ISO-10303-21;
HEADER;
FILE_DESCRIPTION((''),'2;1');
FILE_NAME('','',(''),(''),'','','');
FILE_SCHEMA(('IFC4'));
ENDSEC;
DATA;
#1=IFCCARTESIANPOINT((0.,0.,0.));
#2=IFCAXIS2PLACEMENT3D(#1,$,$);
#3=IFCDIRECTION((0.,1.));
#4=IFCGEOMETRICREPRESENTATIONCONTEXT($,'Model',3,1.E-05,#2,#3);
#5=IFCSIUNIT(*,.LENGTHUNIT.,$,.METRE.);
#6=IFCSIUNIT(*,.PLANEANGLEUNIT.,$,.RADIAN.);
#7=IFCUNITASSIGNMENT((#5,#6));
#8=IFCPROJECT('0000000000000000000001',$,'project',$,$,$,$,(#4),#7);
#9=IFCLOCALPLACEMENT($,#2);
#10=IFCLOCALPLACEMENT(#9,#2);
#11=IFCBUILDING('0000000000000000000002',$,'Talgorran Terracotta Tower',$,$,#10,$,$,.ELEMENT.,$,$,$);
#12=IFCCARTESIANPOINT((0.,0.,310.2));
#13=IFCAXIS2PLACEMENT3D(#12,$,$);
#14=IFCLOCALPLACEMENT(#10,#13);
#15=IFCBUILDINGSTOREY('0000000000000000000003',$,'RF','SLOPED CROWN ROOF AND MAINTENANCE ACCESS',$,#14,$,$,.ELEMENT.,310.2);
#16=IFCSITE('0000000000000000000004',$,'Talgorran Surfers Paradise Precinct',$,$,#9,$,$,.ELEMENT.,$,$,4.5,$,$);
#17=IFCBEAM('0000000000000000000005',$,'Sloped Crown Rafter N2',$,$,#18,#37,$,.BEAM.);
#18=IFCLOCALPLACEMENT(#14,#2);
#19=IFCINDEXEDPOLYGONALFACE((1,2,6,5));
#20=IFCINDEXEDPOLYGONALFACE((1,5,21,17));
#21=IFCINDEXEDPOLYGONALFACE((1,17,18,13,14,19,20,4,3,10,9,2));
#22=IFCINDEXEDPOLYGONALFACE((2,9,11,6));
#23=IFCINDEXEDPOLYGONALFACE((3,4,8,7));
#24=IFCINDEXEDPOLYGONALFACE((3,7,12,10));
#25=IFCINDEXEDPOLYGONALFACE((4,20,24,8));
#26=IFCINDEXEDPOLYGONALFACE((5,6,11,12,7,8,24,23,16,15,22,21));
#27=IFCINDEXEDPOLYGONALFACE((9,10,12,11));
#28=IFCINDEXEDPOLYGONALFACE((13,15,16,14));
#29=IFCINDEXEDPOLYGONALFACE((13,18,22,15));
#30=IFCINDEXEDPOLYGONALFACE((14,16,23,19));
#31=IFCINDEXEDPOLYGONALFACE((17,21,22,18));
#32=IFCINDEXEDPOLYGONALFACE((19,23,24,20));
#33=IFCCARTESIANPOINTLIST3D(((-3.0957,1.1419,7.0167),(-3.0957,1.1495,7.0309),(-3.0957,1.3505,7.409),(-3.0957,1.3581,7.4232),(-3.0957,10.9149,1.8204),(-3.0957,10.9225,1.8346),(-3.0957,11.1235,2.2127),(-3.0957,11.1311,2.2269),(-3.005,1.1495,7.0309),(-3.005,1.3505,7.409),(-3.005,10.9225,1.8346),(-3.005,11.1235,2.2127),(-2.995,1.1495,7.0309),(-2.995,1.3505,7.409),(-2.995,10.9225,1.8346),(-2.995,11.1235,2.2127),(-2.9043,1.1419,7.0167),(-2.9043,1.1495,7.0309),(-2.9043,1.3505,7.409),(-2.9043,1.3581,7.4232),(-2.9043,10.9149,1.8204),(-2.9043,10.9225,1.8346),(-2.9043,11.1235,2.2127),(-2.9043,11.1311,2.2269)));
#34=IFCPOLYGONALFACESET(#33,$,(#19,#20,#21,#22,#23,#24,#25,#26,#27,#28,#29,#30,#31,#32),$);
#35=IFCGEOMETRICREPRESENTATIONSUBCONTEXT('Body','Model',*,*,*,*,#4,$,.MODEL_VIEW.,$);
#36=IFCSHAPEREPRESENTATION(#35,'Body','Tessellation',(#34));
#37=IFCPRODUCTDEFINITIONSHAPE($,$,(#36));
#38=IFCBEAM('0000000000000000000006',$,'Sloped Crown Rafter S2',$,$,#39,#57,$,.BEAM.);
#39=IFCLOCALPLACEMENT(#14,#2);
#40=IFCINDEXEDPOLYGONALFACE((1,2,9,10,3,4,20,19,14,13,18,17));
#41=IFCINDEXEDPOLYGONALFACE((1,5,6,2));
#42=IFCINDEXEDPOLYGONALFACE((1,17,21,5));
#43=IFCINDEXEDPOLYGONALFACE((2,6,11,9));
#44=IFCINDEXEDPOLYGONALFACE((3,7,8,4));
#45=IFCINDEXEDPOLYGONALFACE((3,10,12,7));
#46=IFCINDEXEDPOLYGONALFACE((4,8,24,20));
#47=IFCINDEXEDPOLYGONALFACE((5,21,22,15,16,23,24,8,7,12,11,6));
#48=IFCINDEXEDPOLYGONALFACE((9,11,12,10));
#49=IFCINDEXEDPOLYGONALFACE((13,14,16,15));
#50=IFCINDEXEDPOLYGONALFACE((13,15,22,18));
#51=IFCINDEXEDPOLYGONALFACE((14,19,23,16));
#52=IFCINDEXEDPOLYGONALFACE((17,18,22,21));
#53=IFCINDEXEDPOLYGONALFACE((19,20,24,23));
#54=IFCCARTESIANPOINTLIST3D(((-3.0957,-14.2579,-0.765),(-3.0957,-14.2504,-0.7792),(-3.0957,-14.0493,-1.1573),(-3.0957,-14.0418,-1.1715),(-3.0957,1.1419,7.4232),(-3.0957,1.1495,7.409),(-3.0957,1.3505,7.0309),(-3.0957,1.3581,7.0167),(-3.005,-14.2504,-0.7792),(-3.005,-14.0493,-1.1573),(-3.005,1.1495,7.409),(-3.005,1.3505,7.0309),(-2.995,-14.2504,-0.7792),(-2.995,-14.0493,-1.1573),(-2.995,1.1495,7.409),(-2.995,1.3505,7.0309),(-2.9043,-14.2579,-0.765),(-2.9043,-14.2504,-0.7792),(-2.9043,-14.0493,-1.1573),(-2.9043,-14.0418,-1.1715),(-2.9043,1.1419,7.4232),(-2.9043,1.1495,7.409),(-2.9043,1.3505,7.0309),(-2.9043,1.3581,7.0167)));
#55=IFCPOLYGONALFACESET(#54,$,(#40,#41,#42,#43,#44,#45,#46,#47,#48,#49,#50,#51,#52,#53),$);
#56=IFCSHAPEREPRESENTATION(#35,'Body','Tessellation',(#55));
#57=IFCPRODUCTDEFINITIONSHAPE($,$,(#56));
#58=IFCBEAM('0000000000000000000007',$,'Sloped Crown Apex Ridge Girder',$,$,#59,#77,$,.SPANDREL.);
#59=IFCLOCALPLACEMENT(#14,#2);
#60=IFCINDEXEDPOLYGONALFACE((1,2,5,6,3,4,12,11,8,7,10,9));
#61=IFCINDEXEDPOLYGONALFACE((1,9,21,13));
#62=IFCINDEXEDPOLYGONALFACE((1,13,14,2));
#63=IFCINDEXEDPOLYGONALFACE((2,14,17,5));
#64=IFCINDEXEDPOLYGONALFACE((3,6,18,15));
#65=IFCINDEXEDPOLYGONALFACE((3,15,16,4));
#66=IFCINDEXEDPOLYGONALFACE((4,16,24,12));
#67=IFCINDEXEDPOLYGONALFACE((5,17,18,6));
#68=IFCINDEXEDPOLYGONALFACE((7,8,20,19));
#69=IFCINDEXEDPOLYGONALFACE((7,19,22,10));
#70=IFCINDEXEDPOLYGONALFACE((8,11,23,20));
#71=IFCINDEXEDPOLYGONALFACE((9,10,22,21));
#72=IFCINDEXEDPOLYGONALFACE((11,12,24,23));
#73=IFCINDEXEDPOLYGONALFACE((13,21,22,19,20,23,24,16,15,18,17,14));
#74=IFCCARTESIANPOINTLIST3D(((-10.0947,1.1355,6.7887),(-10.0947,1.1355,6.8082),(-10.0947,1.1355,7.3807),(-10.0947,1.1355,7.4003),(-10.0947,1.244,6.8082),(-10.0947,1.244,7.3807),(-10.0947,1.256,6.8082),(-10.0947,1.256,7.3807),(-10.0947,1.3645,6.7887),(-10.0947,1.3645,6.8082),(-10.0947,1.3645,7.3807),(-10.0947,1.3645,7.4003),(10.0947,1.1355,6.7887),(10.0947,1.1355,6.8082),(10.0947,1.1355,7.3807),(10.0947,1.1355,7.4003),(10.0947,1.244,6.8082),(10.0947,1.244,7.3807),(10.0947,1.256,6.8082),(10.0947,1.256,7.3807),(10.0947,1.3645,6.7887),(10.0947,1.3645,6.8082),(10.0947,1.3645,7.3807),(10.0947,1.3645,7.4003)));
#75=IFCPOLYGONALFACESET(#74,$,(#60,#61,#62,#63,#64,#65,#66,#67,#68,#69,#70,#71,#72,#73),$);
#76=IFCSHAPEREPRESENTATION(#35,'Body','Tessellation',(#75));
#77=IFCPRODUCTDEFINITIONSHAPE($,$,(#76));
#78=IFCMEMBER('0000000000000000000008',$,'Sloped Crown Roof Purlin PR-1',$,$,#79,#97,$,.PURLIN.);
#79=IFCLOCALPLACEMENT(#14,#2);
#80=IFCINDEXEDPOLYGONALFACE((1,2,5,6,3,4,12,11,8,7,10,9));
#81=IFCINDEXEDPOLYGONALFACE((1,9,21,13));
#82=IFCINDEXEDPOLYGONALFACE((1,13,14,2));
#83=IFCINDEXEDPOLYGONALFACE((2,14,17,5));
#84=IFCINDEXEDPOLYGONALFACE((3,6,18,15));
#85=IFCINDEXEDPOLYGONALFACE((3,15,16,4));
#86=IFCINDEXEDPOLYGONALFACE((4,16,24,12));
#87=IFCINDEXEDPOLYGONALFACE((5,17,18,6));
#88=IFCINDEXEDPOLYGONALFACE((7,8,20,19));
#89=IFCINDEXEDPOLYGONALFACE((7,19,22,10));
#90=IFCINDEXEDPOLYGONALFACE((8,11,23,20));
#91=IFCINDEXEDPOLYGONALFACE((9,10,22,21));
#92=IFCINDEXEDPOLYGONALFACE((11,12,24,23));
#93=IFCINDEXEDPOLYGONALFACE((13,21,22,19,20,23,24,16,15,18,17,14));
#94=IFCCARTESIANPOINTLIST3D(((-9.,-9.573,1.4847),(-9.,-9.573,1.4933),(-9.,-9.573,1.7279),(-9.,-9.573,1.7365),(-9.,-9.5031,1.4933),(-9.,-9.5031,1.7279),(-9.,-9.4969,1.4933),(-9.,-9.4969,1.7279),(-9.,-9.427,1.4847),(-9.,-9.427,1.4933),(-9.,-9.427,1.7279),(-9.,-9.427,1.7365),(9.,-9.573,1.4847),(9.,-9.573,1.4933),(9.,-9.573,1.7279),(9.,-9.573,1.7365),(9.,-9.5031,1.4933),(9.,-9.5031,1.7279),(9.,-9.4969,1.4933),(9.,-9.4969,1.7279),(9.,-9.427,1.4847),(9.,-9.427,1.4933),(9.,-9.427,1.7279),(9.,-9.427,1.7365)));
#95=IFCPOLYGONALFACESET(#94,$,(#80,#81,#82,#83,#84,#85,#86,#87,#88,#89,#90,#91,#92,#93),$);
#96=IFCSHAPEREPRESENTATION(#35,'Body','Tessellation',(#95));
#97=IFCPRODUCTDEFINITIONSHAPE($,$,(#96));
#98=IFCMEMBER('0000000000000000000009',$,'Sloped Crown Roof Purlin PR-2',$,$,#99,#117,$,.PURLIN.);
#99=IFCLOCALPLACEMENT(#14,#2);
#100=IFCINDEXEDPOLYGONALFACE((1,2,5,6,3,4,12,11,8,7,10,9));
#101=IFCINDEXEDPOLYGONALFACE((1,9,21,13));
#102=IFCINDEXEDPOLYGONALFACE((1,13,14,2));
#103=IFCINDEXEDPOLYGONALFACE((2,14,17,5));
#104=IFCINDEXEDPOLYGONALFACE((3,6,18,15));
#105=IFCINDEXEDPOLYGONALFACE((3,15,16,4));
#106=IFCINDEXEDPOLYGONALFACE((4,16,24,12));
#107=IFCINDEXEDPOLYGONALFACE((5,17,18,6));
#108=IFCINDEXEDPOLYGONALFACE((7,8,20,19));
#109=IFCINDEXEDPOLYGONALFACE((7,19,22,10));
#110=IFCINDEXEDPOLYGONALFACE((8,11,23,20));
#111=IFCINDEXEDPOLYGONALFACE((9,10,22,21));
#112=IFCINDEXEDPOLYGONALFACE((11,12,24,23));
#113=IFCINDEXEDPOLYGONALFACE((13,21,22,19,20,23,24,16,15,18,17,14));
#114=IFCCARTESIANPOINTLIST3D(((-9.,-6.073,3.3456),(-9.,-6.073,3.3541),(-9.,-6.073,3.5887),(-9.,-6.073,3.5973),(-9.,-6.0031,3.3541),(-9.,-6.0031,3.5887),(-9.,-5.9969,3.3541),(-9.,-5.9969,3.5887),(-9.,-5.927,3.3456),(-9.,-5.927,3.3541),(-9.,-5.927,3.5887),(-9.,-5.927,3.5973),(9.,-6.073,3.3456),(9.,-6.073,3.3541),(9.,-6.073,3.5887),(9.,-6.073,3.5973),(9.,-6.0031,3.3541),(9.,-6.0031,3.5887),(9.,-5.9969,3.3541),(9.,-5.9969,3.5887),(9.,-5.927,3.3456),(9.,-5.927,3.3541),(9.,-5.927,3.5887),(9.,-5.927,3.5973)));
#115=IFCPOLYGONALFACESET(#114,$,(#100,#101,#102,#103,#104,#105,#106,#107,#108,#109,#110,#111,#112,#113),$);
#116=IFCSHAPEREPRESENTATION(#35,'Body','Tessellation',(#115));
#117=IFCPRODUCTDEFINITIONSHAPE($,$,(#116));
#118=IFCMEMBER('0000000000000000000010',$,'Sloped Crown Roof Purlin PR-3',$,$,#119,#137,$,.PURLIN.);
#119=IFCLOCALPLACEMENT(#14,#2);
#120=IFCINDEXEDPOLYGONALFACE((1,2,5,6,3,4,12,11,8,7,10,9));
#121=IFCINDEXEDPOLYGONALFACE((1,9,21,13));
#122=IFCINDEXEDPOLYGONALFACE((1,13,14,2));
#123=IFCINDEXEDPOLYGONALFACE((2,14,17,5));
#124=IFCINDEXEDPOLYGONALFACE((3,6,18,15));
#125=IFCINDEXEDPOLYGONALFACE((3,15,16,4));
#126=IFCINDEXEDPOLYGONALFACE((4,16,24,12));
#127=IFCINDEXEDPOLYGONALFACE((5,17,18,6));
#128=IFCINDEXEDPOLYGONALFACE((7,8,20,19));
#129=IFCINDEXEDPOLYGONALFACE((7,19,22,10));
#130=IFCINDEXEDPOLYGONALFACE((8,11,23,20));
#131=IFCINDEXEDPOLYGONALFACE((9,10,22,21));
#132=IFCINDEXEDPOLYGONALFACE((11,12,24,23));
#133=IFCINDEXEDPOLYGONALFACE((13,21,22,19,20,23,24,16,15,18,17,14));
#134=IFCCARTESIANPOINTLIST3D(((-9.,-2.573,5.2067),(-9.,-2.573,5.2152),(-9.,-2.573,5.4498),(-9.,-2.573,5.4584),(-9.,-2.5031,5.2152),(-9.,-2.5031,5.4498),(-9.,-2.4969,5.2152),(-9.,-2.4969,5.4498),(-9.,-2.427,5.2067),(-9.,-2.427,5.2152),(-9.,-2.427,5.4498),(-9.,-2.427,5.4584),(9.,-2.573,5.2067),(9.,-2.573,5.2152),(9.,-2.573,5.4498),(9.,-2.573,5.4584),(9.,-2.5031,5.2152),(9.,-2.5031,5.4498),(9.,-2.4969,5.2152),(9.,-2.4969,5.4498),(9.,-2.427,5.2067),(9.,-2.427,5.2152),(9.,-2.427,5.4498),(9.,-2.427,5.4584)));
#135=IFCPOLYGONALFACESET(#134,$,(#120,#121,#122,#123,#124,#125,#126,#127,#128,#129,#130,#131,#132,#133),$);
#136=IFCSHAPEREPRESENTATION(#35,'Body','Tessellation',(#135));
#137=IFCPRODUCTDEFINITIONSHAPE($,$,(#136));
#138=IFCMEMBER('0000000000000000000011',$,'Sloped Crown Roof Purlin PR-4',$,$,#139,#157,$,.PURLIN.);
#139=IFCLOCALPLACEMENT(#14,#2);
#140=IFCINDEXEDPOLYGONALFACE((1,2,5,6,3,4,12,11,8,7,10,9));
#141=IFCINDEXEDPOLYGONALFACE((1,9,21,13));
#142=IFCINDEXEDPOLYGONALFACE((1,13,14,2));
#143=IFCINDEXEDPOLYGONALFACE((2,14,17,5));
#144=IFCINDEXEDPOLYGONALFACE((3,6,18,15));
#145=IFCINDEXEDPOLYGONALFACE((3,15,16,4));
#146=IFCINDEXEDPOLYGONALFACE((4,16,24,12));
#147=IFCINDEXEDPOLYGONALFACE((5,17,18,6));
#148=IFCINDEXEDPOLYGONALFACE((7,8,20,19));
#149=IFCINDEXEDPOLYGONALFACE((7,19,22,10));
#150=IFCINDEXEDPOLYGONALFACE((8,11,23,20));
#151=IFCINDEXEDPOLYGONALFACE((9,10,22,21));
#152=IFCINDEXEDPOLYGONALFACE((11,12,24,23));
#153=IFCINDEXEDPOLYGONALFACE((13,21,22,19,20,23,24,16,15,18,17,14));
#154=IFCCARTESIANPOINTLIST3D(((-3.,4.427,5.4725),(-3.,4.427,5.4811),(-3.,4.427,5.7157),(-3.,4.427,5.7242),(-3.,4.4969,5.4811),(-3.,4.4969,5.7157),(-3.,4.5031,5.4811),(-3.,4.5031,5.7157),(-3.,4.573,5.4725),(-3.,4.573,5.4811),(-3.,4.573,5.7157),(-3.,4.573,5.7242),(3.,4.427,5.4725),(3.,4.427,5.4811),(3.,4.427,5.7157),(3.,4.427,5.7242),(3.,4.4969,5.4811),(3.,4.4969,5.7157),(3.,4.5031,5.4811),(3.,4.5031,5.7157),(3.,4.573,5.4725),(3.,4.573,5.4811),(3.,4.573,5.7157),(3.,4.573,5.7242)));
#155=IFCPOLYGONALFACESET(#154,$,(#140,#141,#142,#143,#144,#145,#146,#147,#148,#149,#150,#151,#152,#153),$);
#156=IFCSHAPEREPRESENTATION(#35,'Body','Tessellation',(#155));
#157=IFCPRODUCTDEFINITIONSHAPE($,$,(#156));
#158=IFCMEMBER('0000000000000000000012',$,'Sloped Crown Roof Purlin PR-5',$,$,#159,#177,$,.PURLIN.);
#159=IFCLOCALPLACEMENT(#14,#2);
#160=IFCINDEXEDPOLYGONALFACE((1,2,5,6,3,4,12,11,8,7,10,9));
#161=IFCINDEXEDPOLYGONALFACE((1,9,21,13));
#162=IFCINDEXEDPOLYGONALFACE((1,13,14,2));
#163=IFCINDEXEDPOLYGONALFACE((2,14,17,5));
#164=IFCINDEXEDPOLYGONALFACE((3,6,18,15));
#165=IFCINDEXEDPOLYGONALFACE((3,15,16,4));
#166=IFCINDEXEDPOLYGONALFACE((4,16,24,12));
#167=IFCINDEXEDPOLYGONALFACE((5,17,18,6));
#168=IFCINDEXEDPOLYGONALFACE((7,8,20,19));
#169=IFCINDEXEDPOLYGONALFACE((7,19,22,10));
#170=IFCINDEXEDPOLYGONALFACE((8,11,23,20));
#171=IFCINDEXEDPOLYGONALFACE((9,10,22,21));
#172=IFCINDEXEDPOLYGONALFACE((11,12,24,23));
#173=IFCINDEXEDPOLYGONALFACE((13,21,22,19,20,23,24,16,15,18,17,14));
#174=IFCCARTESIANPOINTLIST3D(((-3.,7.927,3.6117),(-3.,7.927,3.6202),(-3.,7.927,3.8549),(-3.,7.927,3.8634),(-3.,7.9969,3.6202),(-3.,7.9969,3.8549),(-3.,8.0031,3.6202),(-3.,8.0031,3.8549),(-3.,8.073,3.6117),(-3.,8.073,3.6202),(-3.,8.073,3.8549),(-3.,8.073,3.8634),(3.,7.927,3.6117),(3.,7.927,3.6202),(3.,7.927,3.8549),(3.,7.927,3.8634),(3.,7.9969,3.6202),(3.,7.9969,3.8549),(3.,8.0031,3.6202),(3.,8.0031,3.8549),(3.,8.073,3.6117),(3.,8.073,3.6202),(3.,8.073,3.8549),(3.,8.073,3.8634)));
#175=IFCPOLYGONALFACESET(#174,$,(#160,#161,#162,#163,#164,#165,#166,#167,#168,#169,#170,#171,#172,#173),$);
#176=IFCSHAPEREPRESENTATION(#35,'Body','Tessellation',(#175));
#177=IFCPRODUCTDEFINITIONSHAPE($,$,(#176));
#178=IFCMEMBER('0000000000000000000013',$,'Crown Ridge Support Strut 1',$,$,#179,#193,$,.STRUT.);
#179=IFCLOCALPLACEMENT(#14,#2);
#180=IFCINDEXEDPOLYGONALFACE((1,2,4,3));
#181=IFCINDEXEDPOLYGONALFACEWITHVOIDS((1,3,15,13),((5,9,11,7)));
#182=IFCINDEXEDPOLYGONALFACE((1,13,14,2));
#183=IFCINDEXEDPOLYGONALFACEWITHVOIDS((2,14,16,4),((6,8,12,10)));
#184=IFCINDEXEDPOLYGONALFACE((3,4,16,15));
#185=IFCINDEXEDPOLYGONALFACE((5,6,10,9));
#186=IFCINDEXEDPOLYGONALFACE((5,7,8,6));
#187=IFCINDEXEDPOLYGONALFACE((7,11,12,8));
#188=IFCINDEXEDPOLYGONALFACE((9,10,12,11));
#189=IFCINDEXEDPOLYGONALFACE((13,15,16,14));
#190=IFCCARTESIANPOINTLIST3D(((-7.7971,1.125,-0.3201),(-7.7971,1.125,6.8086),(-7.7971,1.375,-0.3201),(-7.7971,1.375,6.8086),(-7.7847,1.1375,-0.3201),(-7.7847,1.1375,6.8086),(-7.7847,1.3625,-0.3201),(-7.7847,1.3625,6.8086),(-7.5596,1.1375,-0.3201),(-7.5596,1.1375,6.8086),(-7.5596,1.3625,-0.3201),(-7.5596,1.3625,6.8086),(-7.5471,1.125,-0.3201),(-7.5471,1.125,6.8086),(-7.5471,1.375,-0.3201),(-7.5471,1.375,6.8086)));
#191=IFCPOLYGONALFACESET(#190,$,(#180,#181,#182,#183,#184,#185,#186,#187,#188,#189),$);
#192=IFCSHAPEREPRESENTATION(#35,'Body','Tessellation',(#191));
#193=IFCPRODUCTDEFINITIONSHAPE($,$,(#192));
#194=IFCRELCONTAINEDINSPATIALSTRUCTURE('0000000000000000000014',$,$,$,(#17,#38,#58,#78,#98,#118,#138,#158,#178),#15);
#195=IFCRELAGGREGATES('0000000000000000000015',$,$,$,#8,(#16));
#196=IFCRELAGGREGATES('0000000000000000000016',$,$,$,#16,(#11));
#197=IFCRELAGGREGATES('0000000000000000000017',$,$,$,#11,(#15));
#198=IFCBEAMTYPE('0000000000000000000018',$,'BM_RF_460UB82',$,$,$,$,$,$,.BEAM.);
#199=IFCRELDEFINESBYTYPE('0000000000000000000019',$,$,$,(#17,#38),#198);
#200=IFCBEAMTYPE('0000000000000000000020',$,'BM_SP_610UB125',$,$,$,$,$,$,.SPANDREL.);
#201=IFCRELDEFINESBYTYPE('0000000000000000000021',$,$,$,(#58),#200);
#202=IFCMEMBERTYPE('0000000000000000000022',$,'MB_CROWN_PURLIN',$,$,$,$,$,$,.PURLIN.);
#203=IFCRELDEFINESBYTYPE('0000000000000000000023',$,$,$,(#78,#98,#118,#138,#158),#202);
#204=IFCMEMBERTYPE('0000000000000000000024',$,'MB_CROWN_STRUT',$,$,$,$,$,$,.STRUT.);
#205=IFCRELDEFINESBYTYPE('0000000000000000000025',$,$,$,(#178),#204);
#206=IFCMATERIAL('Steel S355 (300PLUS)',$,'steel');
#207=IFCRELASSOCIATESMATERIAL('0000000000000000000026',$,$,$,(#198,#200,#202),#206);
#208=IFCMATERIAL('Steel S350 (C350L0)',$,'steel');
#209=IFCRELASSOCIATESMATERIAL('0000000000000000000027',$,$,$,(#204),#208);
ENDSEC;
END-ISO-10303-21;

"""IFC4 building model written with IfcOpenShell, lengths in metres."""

from ifc_helpers import new_model, si_unit, direction, frame, origin, origin_2d, place, context, subcontext, project, spatial, hollow_rectangle, i_section, extrude, material, material_profile, profile_set, type_object, element, save


model = new_model("IFC4")

# Units and contexts
model_context = context("Model", 3, precision=1e-05, world=origin(), true_north=direction((0.0, 1.0)))
body_context = subcontext(model_context, "Body", "Model", "MODEL_VIEW")
ifc_project = project(units=[si_unit("LENGTHUNIT", "METRE"), si_unit("PLANEANGLEUNIT", "RADIAN")], contexts=[model_context])

# Site, building, storey
site_placement = place(None, origin())
site = spatial("IfcSite", under=ifc_project, at=site_placement, Name="Talgorran Surfers Paradise Precinct", CompositionType="ELEMENT", RefElevation=4.5)
building_placement = place(site_placement, origin())
building = spatial("IfcBuilding", under=site, at=building_placement, Name="Talgorran Terracotta Tower", CompositionType="ELEMENT")
storey_placement = place(building_placement, frame((0.0, 0.0, 310.2)))
storey = spatial("IfcBuildingStorey", under=building, at=storey_placement, Name="RF", Description="SLOPED CROWN ROOF AND MAINTENANCE ACCESS", CompositionType="ELEMENT", Elevation=310.2)

# Shared definitions
ifc_material_1 = material(Name="Steel S355 (300PLUS)", Category="steel")
ifc_material_2 = material(Name="Steel S350 (C350L0)", Category="steel")

# Beams
ifc_material_profile_1 = material_profile(ifc_material_1, i_section(OverallWidth=0.1914, OverallDepth=0.4604, WebThickness=0.01, FlangeThickness=0.0161, at=origin_2d()), Name="460UB82.1")
ifc_profile_set_1 = profile_set([ifc_material_profile_1], Name="Steel S355 (300PLUS)")
beam_type_1 = type_object("IfcBeamType", Name="BM_RF_460UB82", PredefinedType="BEAM", material=ifc_profile_set_1)
beam_1_placement = place(storey_placement, frame((-3.0, 1.25, 7.22), z_axis=(0.0, 0.882951, -0.469466), x_axis=(-1.0, 0.0, 0.0)))
element("IfcBeam", 1, at=beam_1_placement, inside=storey, type_object=beam_type_1, Name="Sloped Crown Rafter N2", PredefinedType="BEAM", context=body_context, shape_type="SweptSolid", body=[
    extrude(i_section(OverallWidth=0.1914, OverallDepth=0.4604, WebThickness=0.01, FlangeThickness=0.0161, at=origin_2d()), origin(), (0.0, 0.0, 1.0), 11.0686),
])
beam_2_placement = place(storey_placement, frame((-3.0, 1.25, 7.22), z_axis=(0.0, -0.882949, -0.46947), x_axis=(1.0, 0.0, 0.0)))
element("IfcBeam", 2, at=beam_2_placement, inside=storey, type_object=beam_type_1, Name="Sloped Crown Rafter S2", PredefinedType="BEAM", context=body_context, shape_type="SweptSolid", body=[
    extrude(i_section(OverallWidth=0.1914, OverallDepth=0.4604, WebThickness=0.01, FlangeThickness=0.0161, at=origin_2d()), origin(), (0.0, 0.0, 1.0), 17.4414),
])
ifc_material_profile_2 = material_profile(ifc_material_1, i_section(OverallWidth=0.229, OverallDepth=0.6116, WebThickness=0.012, FlangeThickness=0.0195, at=origin_2d()), Name="610UB125")
ifc_profile_set_2 = profile_set([ifc_material_profile_2], Name="Steel S355 (300PLUS)")
beam_type_2 = type_object("IfcBeamType", Name="BM_SP_610UB125", PredefinedType="SPANDREL", material=ifc_profile_set_2)
beam_3_placement = place(storey_placement, frame((-10.0947, 1.25, 7.0945), z_axis=(1.0, 0.0, 0.0), x_axis=(0.0, 1.0, 0.0)))
element("IfcBeam", 3, at=beam_3_placement, inside=storey, type_object=beam_type_2, Name="Sloped Crown Apex Ridge Girder", PredefinedType="SPANDREL", context=body_context, shape_type="SweptSolid", body=[
    extrude(i_section(OverallWidth=0.229, OverallDepth=0.6116, WebThickness=0.012, FlangeThickness=0.0195, at=origin_2d()), origin(), (0.0, 0.0, 1.0), 20.1895),
])

# Members
ifc_material_profile_3 = material_profile(ifc_material_1, i_section(OverallWidth=0.146, OverallDepth=0.2517, WebThickness=0.0061, FlangeThickness=0.0085, at=origin_2d()), Name="250UB31.4")
ifc_profile_set_3 = profile_set([ifc_material_profile_3], Name="Steel S355 (300PLUS)")
member_type_1 = type_object("IfcMemberType", Name="MB_CROWN_PURLIN", PredefinedType="PURLIN", material=ifc_profile_set_3)
for number, where, z_axis, x_axis, name in (
    (4, (-9.0, -9.5, 1.6106), (1.0, 0.0, 0.0), (0.0, 1.0, 0.0), "Sloped Crown Roof Purlin PR-1"),
    (5, (-9.0, -6.0, 3.4714), (1.0, 0.0, 0.0), (0.0, 1.0, 0.0), "Sloped Crown Roof Purlin PR-2"),
    (6, (-9.0, -2.5, 5.3325), (1.0, 0.0, 0.0), (0.0, 1.0, 0.0), "Sloped Crown Roof Purlin PR-3"),
):
    element("IfcMember", number, at=place(storey_placement, frame(where, z_axis=z_axis, x_axis=x_axis)), inside=storey, type_object=member_type_1, Name=name, PredefinedType="PURLIN", context=body_context, shape_type="SweptSolid", body=[
        extrude(i_section(OverallWidth=0.146, OverallDepth=0.2517, WebThickness=0.0061, FlangeThickness=0.0085, at=origin_2d()), origin(), (0.0, 0.0, 1.0), 18.0),
    ])
for number, where, z_axis, x_axis, name in (
    (7, (-3.0, 4.5, 5.5984), (1.0, 0.0, 0.0), (0.0, 1.0, 0.0), "Sloped Crown Roof Purlin PR-4"),
    (8, (-3.0, 8.0, 3.7375), (1.0, 0.0, 0.0), (0.0, 1.0, 0.0), "Sloped Crown Roof Purlin PR-5"),
):
    element("IfcMember", number, at=place(storey_placement, frame(where, z_axis=z_axis, x_axis=x_axis)), inside=storey, type_object=member_type_1, Name=name, PredefinedType="PURLIN", context=body_context, shape_type="SweptSolid", body=[
        extrude(i_section(OverallWidth=0.146, OverallDepth=0.2517, WebThickness=0.0061, FlangeThickness=0.0085, at=origin_2d()), origin(), (0.0, 0.0, 1.0), 6.0),
    ])
ifc_material_profile_4 = material_profile(ifc_material_2, hollow_rectangle(XDim=0.25, YDim=0.25, WallThickness=0.0125, at=origin_2d()), Name="SHS250X250X12.5")
ifc_profile_set_4 = profile_set([ifc_material_profile_4], Name="Steel S350 (C350L0)")
member_type_2 = type_object("IfcMemberType", Name="MB_CROWN_STRUT", PredefinedType="STRUT", material=ifc_profile_set_4)
for number, where, z_axis, x_axis, name in (
    (9, (-7.6721, 1.25, -0.3201), (0.0, 0.0, 1.0), (1.0, 0.0, 0.0), "Crown Ridge Support Strut 1"),
):
    element("IfcMember", number, at=place(storey_placement, frame(where, z_axis=z_axis, x_axis=x_axis)), inside=storey, type_object=member_type_2, Name=name, PredefinedType="STRUT", context=body_context, shape_type="SweptSolid", body=[
        extrude(hollow_rectangle(XDim=0.25, YDim=0.25, WallThickness=0.0125, at=origin_2d()), origin(), (0.0, 0.0, 1.0), 7.1287),
    ])

save(model, "model.ifc")
